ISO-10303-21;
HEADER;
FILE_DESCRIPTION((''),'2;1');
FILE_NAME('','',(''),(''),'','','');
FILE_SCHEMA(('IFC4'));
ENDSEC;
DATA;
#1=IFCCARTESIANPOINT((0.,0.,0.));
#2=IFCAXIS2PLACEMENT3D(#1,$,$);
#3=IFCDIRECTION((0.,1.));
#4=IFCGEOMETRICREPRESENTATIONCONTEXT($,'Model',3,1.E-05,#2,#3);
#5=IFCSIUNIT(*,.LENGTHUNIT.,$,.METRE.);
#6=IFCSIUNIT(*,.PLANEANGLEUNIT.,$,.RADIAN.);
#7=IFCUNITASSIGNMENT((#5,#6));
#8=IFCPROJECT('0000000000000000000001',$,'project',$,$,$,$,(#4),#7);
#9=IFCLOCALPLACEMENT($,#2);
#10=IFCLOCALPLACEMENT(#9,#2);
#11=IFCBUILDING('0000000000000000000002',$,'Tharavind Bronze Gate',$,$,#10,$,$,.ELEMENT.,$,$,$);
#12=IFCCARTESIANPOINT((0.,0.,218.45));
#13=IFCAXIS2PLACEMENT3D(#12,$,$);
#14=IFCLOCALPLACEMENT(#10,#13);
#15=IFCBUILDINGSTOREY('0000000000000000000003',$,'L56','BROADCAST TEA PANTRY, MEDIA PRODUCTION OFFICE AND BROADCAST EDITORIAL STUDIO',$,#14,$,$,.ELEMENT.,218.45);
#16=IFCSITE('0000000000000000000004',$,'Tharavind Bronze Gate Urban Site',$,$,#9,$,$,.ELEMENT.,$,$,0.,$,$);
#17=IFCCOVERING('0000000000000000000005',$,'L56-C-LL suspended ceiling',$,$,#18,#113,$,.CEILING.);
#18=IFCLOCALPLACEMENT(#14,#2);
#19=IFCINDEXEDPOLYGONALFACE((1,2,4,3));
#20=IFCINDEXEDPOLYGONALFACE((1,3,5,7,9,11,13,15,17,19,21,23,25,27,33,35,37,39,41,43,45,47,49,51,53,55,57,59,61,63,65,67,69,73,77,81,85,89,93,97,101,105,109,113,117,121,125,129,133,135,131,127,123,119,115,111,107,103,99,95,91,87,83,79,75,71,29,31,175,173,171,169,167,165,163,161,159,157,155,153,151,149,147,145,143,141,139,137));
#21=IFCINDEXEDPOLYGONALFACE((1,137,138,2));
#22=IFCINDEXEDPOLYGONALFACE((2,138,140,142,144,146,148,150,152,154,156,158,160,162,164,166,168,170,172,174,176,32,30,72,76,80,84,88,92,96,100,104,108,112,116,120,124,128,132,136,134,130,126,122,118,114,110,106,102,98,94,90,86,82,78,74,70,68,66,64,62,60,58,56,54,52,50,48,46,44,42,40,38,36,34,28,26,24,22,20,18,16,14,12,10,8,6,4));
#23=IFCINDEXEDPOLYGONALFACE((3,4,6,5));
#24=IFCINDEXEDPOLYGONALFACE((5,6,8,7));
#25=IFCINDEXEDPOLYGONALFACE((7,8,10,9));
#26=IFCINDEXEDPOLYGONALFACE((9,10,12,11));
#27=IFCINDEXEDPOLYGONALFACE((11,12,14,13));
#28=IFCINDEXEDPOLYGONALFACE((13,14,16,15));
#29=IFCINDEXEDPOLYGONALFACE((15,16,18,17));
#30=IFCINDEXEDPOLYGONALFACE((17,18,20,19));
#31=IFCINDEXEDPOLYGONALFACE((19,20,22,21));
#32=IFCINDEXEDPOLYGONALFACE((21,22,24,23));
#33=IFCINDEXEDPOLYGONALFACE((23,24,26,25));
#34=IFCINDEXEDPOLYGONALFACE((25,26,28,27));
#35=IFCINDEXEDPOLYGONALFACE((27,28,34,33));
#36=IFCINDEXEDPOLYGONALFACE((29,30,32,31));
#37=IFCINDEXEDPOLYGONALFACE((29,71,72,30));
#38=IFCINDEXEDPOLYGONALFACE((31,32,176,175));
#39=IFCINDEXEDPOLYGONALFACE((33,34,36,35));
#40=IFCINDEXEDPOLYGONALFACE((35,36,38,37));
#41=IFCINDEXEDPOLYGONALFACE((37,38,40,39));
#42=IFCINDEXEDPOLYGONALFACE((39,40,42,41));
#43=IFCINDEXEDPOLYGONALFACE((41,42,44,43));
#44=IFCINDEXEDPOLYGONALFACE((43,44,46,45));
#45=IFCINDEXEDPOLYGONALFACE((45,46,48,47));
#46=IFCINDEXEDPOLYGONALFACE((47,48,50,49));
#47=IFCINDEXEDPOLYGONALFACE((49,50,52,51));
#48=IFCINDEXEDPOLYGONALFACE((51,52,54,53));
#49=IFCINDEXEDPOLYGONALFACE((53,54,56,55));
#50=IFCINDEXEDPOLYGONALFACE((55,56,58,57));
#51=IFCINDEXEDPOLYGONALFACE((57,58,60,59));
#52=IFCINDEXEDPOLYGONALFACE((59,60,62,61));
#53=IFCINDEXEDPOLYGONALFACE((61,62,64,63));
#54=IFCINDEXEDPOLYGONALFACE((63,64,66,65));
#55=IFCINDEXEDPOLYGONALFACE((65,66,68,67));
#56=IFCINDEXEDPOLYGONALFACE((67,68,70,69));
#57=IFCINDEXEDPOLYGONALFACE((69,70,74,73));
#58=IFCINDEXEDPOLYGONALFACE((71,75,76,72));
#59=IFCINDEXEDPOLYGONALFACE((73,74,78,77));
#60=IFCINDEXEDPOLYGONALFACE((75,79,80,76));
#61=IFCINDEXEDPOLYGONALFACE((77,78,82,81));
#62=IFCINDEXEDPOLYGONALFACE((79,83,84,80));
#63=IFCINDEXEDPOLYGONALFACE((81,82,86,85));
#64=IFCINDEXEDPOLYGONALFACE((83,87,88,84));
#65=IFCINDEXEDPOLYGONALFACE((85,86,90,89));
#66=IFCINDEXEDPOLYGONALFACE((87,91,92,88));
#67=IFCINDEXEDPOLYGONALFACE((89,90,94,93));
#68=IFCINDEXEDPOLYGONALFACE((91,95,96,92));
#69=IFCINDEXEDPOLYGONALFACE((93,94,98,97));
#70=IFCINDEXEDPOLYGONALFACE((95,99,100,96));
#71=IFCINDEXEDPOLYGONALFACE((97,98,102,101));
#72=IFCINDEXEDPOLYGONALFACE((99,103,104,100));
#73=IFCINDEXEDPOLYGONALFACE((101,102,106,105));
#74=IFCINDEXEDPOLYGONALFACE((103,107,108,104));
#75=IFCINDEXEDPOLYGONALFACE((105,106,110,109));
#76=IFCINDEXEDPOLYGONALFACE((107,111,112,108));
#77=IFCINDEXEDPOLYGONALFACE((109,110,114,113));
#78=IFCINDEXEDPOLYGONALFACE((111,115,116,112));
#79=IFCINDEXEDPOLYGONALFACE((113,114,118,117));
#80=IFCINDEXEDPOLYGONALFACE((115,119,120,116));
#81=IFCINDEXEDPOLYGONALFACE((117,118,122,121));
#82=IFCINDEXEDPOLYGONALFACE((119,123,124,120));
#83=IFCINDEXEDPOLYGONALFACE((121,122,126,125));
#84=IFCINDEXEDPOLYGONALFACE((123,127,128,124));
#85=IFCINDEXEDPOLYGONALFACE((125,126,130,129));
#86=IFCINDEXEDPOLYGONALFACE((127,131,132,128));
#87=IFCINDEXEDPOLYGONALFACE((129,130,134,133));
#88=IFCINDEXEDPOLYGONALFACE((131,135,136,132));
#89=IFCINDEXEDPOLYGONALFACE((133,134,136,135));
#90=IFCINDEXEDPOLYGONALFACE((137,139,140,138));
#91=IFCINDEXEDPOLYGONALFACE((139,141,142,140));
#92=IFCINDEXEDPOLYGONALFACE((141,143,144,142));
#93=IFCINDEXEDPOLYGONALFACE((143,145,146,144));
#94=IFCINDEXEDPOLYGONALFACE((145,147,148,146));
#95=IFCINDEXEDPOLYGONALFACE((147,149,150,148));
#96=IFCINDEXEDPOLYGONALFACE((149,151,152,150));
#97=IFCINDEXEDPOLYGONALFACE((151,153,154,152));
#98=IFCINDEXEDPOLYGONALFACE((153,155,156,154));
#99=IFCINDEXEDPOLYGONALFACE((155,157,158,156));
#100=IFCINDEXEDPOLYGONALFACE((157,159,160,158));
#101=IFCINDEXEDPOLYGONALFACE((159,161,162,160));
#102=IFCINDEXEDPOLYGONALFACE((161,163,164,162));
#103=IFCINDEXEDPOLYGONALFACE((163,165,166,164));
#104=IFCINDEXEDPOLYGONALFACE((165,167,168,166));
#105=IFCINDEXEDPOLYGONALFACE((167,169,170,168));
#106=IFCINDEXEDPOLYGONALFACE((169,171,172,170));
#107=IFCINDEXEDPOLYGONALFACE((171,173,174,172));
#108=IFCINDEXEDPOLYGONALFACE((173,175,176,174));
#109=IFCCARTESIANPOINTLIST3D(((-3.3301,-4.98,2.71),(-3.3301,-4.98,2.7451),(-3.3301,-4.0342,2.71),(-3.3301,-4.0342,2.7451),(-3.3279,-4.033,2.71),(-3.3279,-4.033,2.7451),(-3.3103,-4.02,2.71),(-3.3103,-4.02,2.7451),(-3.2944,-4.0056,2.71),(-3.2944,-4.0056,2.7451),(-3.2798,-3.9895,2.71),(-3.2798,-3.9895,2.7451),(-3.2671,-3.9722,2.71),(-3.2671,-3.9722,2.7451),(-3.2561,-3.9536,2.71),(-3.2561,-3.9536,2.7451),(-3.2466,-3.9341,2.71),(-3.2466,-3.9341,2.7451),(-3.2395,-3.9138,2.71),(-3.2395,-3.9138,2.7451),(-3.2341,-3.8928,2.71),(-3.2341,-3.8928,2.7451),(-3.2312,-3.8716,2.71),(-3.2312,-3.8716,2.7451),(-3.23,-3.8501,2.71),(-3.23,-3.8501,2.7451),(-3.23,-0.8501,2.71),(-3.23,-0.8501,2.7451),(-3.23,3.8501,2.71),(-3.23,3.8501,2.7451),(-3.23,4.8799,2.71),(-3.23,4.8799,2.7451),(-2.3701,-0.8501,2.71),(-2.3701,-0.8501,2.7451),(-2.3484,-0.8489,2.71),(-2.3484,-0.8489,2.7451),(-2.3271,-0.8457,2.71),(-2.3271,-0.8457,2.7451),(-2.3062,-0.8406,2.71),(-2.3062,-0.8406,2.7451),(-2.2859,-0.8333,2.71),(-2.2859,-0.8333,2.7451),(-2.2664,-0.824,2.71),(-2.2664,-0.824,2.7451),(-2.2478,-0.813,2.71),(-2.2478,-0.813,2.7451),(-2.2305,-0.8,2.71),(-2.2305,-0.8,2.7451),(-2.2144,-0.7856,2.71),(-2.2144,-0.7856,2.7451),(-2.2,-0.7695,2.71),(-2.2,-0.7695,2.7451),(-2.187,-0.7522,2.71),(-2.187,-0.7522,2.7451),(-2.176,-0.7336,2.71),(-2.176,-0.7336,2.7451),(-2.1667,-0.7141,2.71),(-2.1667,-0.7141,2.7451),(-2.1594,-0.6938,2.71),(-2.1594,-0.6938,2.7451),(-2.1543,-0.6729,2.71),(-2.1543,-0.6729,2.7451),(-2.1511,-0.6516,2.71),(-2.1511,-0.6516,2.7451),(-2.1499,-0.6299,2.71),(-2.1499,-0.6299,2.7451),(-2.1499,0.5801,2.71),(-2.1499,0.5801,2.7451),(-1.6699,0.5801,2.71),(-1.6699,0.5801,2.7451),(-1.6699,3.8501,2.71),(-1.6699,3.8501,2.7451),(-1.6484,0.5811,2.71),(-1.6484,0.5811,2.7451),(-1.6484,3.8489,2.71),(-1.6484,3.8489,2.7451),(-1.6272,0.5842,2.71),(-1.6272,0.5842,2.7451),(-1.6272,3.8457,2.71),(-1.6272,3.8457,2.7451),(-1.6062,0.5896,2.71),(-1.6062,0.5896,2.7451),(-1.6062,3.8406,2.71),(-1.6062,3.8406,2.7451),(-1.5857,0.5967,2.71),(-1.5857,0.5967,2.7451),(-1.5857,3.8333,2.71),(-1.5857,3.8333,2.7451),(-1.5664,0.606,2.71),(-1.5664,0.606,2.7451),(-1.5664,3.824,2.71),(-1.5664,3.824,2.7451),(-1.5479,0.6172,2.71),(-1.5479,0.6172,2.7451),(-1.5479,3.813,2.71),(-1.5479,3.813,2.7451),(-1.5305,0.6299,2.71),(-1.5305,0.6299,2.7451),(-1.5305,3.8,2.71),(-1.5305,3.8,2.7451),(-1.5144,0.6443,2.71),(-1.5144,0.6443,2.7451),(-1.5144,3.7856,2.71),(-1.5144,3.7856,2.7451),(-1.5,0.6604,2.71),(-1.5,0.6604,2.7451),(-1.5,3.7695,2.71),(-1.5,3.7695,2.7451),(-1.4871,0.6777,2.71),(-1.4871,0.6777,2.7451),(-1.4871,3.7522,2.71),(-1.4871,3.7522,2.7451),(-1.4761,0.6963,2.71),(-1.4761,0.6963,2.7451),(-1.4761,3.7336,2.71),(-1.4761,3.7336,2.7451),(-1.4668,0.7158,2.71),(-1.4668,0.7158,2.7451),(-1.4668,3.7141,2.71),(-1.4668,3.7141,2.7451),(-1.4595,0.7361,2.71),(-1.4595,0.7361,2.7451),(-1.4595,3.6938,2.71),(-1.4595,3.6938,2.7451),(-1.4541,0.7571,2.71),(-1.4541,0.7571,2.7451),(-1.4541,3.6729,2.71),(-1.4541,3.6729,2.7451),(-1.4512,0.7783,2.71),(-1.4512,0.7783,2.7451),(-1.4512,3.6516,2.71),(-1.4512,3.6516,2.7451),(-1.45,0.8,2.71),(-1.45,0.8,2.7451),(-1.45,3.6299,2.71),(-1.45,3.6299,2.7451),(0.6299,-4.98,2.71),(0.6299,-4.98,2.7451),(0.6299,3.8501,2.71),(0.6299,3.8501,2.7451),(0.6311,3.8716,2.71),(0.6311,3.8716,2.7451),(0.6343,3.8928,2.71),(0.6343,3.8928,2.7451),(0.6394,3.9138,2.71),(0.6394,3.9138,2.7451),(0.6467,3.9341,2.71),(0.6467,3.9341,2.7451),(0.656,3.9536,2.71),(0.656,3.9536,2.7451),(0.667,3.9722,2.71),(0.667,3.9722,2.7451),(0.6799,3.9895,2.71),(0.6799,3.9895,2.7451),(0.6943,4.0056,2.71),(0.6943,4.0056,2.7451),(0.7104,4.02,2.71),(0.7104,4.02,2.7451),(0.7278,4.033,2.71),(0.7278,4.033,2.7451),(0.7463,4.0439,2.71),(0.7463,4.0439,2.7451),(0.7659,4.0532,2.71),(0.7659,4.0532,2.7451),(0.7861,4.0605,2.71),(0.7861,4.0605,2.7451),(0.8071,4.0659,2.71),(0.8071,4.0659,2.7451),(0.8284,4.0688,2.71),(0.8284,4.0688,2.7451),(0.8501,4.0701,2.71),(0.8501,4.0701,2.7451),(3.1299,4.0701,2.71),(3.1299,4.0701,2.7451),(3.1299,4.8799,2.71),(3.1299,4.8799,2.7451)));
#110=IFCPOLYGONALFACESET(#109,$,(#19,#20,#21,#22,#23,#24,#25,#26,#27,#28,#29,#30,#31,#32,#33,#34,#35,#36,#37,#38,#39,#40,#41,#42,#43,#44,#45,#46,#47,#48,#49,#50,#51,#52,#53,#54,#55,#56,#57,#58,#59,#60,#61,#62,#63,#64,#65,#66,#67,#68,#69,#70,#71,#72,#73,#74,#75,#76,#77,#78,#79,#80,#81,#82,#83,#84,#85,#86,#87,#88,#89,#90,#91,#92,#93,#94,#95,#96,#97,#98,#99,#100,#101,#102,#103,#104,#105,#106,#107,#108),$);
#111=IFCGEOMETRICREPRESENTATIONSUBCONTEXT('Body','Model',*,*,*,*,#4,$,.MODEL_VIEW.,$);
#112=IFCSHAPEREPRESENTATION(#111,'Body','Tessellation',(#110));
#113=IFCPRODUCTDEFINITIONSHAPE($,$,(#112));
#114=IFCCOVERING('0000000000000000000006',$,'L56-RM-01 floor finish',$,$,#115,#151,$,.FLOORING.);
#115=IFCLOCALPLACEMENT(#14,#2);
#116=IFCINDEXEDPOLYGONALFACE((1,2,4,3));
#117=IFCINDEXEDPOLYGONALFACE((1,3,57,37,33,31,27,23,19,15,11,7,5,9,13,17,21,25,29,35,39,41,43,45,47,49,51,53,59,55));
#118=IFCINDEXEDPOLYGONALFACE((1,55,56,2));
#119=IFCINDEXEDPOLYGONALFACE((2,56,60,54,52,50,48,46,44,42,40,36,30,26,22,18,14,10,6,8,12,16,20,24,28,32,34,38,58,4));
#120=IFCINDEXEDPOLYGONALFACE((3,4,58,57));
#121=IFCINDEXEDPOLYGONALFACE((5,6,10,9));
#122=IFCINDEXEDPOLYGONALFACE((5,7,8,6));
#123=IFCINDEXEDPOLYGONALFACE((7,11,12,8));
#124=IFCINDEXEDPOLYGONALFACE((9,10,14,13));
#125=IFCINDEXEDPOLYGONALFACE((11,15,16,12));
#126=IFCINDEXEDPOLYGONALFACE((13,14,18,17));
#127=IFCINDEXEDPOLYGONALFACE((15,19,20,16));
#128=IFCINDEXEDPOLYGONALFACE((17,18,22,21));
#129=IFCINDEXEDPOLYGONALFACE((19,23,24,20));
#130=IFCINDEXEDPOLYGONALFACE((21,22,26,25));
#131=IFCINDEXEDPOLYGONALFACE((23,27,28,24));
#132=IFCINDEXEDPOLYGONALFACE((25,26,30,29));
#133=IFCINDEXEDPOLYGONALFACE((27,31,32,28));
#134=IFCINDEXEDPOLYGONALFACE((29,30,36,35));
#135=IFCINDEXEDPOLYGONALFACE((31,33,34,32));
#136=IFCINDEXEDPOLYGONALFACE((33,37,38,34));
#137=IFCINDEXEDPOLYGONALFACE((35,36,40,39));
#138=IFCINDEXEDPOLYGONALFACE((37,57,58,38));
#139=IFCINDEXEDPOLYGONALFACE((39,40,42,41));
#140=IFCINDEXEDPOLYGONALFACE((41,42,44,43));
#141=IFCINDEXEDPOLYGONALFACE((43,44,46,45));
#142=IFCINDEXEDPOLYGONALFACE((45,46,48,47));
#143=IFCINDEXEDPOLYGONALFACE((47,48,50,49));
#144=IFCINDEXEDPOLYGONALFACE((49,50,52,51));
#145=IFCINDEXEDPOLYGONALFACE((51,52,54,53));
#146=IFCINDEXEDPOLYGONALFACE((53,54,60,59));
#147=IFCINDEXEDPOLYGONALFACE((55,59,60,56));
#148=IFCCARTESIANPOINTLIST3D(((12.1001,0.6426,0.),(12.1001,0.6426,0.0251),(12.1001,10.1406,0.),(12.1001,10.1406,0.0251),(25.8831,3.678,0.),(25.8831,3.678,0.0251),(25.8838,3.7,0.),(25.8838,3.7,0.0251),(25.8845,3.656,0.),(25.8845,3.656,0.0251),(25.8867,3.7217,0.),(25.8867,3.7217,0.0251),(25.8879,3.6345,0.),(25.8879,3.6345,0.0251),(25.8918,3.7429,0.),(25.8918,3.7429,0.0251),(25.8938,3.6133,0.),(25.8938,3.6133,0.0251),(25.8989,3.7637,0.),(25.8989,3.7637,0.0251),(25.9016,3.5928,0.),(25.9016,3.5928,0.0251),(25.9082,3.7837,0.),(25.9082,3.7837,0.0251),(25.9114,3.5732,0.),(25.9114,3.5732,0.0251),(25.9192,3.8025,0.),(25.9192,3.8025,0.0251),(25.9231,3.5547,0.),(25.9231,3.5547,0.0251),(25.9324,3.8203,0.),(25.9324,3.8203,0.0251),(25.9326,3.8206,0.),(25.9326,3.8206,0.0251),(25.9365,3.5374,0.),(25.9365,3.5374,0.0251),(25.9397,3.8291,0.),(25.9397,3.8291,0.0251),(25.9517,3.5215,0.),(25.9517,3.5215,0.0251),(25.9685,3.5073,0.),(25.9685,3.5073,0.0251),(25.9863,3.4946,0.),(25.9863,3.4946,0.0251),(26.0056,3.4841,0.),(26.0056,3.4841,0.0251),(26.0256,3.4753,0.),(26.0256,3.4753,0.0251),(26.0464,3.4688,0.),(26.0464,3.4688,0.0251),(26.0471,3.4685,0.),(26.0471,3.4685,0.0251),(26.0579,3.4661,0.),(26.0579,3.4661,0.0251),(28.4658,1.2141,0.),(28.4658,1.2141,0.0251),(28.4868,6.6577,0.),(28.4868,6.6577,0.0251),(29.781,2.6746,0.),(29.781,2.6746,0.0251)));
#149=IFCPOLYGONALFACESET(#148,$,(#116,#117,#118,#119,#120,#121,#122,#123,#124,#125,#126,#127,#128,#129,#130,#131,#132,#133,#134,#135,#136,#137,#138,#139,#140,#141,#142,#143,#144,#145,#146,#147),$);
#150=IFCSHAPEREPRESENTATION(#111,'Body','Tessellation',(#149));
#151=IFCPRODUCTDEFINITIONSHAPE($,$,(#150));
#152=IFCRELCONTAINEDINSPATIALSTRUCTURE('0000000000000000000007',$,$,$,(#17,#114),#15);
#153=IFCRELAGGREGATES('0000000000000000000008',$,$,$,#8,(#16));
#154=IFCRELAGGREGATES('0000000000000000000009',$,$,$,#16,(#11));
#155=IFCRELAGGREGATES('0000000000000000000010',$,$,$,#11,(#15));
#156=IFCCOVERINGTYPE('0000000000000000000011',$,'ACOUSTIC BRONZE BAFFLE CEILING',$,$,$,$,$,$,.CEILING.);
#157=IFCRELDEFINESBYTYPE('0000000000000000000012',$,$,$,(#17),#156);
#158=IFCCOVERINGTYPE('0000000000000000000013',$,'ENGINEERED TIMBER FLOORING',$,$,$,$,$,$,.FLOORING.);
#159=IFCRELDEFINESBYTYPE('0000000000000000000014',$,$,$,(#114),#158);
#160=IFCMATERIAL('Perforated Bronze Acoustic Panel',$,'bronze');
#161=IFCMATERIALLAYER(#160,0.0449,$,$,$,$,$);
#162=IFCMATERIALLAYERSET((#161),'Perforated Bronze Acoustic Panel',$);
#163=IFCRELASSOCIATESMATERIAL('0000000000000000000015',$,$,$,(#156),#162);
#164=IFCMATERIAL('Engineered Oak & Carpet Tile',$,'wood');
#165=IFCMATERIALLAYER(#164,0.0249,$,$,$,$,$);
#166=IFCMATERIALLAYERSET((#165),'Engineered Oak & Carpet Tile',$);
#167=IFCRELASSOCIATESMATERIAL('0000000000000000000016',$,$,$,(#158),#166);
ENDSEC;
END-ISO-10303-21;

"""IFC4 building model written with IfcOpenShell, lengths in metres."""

from ifc_helpers import new_model, si_unit, direction, frame, origin, place, context, subcontext, project, spatial, polyline, outline, extrude, material, layer, layer_set, type_object, element, save


model = new_model("IFC4")

# Units and contexts
model_context = context("Model", 3, precision=1e-05, world=origin(), true_north=direction((0.0, 1.0)))
body_context = subcontext(model_context, "Body", "Model", "MODEL_VIEW")
ifc_project = project(units=[si_unit("LENGTHUNIT", "METRE"), si_unit("PLANEANGLEUNIT", "RADIAN")], contexts=[model_context])

# Site, building, storey
site_placement = place(None, origin())
site = spatial("IfcSite", under=ifc_project, at=site_placement, Name="Tharavind Bronze Gate Urban Site", CompositionType="ELEMENT", RefElevation=0.0)
building_placement = place(site_placement, origin())
building = spatial("IfcBuilding", under=site, at=building_placement, Name="Tharavind Bronze Gate", CompositionType="ELEMENT")
storey_placement = place(building_placement, frame((0.0, 0.0, 218.45)))
storey = spatial("IfcBuildingStorey", under=building, at=storey_placement, Name="L56", Description="BROADCAST TEA PANTRY, MEDIA PRODUCTION OFFICE AND BROADCAST EDITORIAL STUDIO", CompositionType="ELEMENT", Elevation=218.45)

# Coverings
ifc_material_1 = material(Name="Perforated Bronze Acoustic Panel", Category="bronze")
ifc_layer_1 = layer(ifc_material_1, 0.0449)
ifc_layer_set_1 = layer_set([ifc_layer_1], Name="Perforated Bronze Acoustic Panel")
covering_type_1 = type_object("IfcCoveringType", Name="ACOUSTIC BRONZE BAFFLE CEILING", PredefinedType="CEILING", material=ifc_layer_set_1)
covering_1_placement = place(storey_placement, frame((0.0, 0.0, 2.71)))
element("IfcCovering", 1, at=covering_1_placement, inside=storey, type_object=covering_type_1, Name="L56-C-LL suspended ceiling", PredefinedType="CEILING", context=body_context, shape_type="SweptSolid", body=[
    extrude(outline(polyline([(-3.3301, -4.98), (0.6299, -4.98), (0.6299, 3.8501), (0.6311, 3.8716), (0.6343, 3.8928), (0.6394, 3.9138), (0.6467, 3.9341), (0.656, 3.9536), (0.667, 3.9722), (0.6799, 3.9895), (0.6943, 4.0056), (0.7104, 4.02), (0.7278, 4.033), (0.7463, 4.0439), (0.7659, 4.0532), (0.7861, 4.0605), (0.8071, 4.0659), (0.8284, 4.0688), (0.8501, 4.0701), (3.1299, 4.0701), (3.1299, 4.8799), (-3.23, 4.8799), (-3.23, 3.8501), (-1.6699, 3.8501), (-1.6484, 3.8489), (-1.6272, 3.8457), (-1.6062, 3.8406), (-1.5857, 3.8333), (-1.5664, 3.824), (-1.5479, 3.813), (-1.5305, 3.8), (-1.5144, 3.7856), (-1.5, 3.7695), (-1.4871, 3.7522), (-1.4761, 3.7336), (-1.4668, 3.7141), (-1.4595, 3.6938), (-1.4541, 3.6729), (-1.4512, 3.6516), (-1.45, 3.6299), (-1.45, 0.8), (-1.4512, 0.7783), (-1.4541, 0.7571), (-1.4595, 0.7361), (-1.4668, 0.7158), (-1.4761, 0.6963), (-1.4871, 0.6777), (-1.5, 0.6604), (-1.5144, 0.6443), (-1.5305, 0.6299), (-1.5479, 0.6172), (-1.5664, 0.606), (-1.5857, 0.5967), (-1.6062, 0.5896), (-1.6272, 0.5842), (-1.6484, 0.5811), (-1.6699, 0.5801), (-2.1499, 0.5801), (-2.1499, -0.6299), (-2.1511, -0.6516), (-2.1543, -0.6729), (-2.1594, -0.6938), (-2.1667, -0.7141), (-2.176, -0.7336), (-2.187, -0.7522), (-2.2, -0.7695), (-2.2144, -0.7856), (-2.2305, -0.8), (-2.2478, -0.813), (-2.2664, -0.824), (-2.2859, -0.8333), (-2.3062, -0.8406), (-2.3271, -0.8457), (-2.3484, -0.8489), (-2.3701, -0.8501), (-3.23, -0.8501), (-3.23, -3.8501), (-3.2312, -3.8716), (-3.2341, -3.8928), (-3.2395, -3.9138), (-3.2466, -3.9341), (-3.2561, -3.9536), (-3.2671, -3.9722), (-3.2798, -3.9895), (-3.2944, -4.0056), (-3.3103, -4.02), (-3.3279, -4.033), (-3.3301, -4.0342), (-3.3301, -4.98)])), origin(), (0.0, 0.0, 1.0), 0.0352),
])
ifc_material_2 = material(Name="Engineered Oak & Carpet Tile", Category="wood")
ifc_layer_2 = layer(ifc_material_2, 0.0249)
ifc_layer_set_2 = layer_set([ifc_layer_2], Name="Engineered Oak & Carpet Tile")
covering_type_2 = type_object("IfcCoveringType", Name="ENGINEERED TIMBER FLOORING", PredefinedType="FLOORING", material=ifc_layer_set_2)
covering_2_placement = place(storey_placement, origin())
element("IfcCovering", 2, at=covering_2_placement, inside=storey, type_object=covering_type_2, Name="L56-RM-01 floor finish", PredefinedType="FLOORING", context=body_context, shape_type="SweptSolid", body=[
    extrude(outline(polyline([(12.1001, 0.6426), (28.4658, 1.2141), (29.781, 2.6746), (26.0579, 3.4661), (26.0471, 3.4685), (26.0464, 3.4688), (26.0256, 3.4753), (26.0056, 3.4841), (25.9863, 3.4946), (25.9685, 3.5073), (25.9517, 3.5215), (25.9365, 3.5374), (25.9231, 3.5547), (25.9114, 3.5732), (25.9016, 3.5928), (25.8938, 3.6133), (25.8879, 3.6345), (25.8845, 3.656), (25.8831, 3.678), (25.8838, 3.7), (25.8867, 3.7217), (25.8918, 3.7429), (25.8989, 3.7637), (25.9082, 3.7837), (25.9192, 3.8025), (25.9324, 3.8203), (25.9326, 3.8206), (25.9397, 3.8291), (28.4868, 6.6577), (12.1001, 10.1406), (12.1001, 0.6426)])), origin(), (0.0, 0.0, 1.0), 0.0251),
])

save(model, "model.ifc")
